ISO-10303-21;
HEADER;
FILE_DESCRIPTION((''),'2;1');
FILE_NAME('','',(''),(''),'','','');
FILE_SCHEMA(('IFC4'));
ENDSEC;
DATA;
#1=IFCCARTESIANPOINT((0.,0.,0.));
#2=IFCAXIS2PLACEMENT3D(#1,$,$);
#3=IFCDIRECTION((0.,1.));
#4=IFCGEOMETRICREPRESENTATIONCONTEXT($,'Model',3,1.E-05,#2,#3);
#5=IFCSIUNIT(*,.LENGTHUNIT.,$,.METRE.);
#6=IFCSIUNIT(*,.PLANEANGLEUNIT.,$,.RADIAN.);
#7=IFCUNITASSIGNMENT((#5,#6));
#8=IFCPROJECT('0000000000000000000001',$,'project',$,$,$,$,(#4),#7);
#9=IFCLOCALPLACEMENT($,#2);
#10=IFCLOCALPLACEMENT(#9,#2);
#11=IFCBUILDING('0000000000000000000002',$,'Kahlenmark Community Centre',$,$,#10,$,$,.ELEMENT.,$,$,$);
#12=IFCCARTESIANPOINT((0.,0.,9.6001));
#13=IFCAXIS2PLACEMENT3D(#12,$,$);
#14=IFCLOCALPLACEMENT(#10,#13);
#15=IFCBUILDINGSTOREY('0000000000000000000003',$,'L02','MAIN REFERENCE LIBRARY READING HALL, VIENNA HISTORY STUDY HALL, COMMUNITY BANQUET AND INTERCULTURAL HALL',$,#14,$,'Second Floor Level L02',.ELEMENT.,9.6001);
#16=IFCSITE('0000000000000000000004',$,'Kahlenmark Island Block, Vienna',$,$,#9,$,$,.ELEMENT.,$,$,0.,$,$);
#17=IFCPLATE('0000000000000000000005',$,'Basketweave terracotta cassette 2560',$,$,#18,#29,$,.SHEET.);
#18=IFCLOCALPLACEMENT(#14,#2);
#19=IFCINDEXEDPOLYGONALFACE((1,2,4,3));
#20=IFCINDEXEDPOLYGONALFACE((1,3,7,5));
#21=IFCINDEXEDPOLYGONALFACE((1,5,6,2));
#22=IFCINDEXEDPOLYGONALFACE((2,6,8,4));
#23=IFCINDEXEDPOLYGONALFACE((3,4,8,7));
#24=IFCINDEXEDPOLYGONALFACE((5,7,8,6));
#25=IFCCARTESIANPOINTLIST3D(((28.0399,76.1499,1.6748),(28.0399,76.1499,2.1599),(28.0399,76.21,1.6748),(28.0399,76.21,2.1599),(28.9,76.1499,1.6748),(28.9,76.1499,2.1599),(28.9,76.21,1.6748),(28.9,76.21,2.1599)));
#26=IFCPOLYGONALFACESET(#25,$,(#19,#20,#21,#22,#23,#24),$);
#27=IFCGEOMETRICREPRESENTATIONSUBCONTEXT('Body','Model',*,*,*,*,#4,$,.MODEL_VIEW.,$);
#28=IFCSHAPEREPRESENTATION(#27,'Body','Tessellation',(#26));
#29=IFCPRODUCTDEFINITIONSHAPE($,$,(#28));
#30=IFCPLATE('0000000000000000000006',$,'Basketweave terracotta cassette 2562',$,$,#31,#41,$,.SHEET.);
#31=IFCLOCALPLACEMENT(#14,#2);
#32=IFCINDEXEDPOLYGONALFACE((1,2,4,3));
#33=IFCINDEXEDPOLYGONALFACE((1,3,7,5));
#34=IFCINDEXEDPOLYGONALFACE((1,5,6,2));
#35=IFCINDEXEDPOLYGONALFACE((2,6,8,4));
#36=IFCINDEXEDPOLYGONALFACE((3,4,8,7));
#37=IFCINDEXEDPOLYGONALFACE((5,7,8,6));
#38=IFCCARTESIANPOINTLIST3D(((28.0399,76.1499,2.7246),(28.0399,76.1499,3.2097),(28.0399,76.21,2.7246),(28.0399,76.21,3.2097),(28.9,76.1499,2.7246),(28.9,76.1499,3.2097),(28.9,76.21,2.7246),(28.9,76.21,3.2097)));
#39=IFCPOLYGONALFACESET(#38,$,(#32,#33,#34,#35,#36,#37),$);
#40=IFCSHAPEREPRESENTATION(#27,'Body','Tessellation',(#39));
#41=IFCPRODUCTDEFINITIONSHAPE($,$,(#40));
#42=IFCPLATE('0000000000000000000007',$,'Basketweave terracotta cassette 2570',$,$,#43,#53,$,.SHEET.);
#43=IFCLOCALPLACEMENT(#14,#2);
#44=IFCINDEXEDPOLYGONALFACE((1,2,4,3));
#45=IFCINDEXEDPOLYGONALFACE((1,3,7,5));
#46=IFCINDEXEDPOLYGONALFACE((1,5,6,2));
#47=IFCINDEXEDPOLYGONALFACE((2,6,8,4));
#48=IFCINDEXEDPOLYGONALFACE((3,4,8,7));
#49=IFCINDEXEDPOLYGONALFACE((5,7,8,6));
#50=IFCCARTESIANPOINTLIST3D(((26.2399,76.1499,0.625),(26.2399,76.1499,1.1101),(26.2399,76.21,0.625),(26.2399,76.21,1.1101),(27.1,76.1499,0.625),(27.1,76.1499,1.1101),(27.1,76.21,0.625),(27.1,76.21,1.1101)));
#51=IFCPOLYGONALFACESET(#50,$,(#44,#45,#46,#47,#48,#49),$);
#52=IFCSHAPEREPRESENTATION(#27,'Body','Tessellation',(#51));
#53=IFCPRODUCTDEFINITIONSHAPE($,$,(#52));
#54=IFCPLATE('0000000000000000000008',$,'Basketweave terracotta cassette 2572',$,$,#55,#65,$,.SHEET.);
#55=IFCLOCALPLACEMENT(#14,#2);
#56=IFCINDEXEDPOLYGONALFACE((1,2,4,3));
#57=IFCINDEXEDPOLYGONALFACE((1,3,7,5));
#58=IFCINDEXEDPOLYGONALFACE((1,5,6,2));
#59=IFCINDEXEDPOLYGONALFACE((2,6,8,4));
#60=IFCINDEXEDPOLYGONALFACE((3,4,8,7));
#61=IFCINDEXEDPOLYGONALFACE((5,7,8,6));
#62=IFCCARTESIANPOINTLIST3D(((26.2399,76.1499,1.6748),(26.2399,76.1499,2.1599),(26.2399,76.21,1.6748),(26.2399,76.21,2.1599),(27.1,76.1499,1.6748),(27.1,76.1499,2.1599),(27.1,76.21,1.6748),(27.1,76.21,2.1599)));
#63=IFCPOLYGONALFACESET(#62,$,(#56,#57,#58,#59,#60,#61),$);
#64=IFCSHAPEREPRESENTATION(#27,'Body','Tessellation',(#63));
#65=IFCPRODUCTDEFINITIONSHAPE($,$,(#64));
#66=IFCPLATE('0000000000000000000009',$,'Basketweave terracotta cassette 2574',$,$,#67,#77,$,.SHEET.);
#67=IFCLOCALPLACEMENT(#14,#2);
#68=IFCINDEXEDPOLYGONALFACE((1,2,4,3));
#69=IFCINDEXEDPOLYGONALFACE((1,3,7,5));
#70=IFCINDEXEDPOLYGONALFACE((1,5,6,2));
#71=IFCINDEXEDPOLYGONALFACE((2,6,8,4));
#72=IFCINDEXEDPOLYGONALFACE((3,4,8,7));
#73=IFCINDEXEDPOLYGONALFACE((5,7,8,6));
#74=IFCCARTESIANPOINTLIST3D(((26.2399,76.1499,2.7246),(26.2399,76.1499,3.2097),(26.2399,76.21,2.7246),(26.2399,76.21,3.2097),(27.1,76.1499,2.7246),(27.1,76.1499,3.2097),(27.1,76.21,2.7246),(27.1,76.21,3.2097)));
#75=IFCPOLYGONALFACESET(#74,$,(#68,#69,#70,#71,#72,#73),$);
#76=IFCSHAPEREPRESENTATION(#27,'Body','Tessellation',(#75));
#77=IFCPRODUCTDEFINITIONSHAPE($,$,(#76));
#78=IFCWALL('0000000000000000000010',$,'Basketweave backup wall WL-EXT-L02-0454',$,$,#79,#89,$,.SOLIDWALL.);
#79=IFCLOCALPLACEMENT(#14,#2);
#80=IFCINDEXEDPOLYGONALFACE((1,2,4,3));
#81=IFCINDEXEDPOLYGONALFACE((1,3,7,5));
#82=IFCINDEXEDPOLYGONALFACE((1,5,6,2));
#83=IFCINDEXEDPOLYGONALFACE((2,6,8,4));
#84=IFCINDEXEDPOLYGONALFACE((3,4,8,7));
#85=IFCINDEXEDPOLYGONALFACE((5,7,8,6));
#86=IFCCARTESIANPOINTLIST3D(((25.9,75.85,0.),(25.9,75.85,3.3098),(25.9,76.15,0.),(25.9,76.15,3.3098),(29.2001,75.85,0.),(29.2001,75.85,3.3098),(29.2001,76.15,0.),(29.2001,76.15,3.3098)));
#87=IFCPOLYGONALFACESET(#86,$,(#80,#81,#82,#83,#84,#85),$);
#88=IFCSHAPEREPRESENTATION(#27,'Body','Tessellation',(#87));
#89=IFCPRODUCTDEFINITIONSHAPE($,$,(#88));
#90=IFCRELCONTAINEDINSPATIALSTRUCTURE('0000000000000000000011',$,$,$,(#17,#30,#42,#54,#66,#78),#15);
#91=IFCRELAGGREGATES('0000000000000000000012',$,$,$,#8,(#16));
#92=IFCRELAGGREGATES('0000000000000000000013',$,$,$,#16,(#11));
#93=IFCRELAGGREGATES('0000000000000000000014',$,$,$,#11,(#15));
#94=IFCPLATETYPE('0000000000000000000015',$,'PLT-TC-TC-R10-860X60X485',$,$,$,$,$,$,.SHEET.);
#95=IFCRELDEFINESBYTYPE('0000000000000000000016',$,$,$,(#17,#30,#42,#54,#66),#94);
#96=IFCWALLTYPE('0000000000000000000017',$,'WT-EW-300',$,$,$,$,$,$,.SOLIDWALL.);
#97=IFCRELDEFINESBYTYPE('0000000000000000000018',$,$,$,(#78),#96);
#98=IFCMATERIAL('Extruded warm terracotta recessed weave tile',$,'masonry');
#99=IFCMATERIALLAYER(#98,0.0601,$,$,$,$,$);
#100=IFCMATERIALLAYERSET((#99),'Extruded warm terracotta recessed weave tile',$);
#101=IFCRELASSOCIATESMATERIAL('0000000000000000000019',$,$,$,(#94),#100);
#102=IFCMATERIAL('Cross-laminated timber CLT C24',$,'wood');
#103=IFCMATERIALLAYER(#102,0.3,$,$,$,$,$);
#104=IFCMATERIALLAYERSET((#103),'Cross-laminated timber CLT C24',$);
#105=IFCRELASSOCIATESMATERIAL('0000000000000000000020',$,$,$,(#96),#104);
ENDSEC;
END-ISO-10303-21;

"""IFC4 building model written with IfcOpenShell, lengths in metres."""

from ifc_helpers import new_model, si_unit, direction, frame, frame_2d, origin, origin_2d, place, context, subcontext, project, spatial, rectangle, extrude, material, layer, layer_set, type_object, element, save


model = new_model("IFC4")

# Units and contexts
model_context = context("Model", 3, precision=1e-05, world=origin(), true_north=direction((0.0, 1.0)))
body_context = subcontext(model_context, "Body", "Model", "MODEL_VIEW")
ifc_project = project(units=[si_unit("LENGTHUNIT", "METRE"), si_unit("PLANEANGLEUNIT", "RADIAN")], contexts=[model_context])

# Site, building, storey
site_placement = place(None, origin())
site = spatial("IfcSite", under=ifc_project, at=site_placement, Name="Kahlenmark Island Block, Vienna", CompositionType="ELEMENT", RefElevation=0.0)
building_placement = place(site_placement, origin())
building = spatial("IfcBuilding", under=site, at=building_placement, Name="Kahlenmark Community Centre", CompositionType="ELEMENT")
storey_placement = place(building_placement, frame((0.0, 0.0, 9.6001)))
storey = spatial("IfcBuildingStorey", under=building, at=storey_placement, Name="L02", Description="MAIN REFERENCE LIBRARY READING HALL, VIENNA HISTORY STUDY HALL, COMMUNITY BANQUET AND INTERCULTURAL HALL", LongName="Second Floor Level L02", CompositionType="ELEMENT", Elevation=9.6001)

# Plates
ifc_material_1 = material(Name="Extruded warm terracotta recessed weave tile", Category="masonry")
ifc_layer_1 = layer(ifc_material_1, 0.0601)
ifc_layer_set_1 = layer_set([ifc_layer_1], Name="Extruded warm terracotta recessed weave tile")
plate_type_1 = type_object("IfcPlateType", Name="PLT-TC-TC-R10-860X60X485", PredefinedType="SHEET", material=ifc_layer_set_1)
for number, where, z_axis, x_axis, name in (
    (1, (28.47, 76.1799, 1.6748), (0.0, 0.0, 1.0), (-1.0, 0.0, 0.0), "Basketweave terracotta cassette 2560"),
    (2, (28.47, 76.1799, 2.7246), (0.0, 0.0, 1.0), (-1.0, 0.0, 0.0), "Basketweave terracotta cassette 2562"),
    (3, (26.6699, 76.1799, 0.625), (0.0, 0.0, 1.0), (-1.0, 0.0, 0.0), "Basketweave terracotta cassette 2570"),
    (4, (26.6699, 76.1799, 1.6748), (0.0, 0.0, 1.0), (-1.0, 0.0, 0.0), "Basketweave terracotta cassette 2572"),
    (5, (26.6699, 76.1799, 2.7246), (0.0, 0.0, 1.0), (-1.0, 0.0, 0.0), "Basketweave terracotta cassette 2574"),
):
    element("IfcPlate", number, at=place(storey_placement, frame(where, z_axis=z_axis, x_axis=x_axis)), inside=storey, type_object=plate_type_1, Name=name, PredefinedType="SHEET", context=body_context, shape_type="SweptSolid", body=[
        extrude(rectangle(XDim=0.8601, YDim=0.0601, at=origin_2d()), origin(), (0.0, 0.0, 1.0), 0.4851),
    ])

# Wall
ifc_material_2 = material(Name="Cross-laminated timber CLT C24", Category="wood")
ifc_layer_2 = layer(ifc_material_2, 0.3)
ifc_layer_set_2 = layer_set([ifc_layer_2], Name="Cross-laminated timber CLT C24")
wall_type = type_object("IfcWallType", Name="WT-EW-300", PredefinedType="SOLIDWALL", material=ifc_layer_set_2)
wall_placement = place(storey_placement, frame((29.2, 76.0, 0.0), z_axis=(0.0, 0.0, 1.0), x_axis=(-1.0, 0.0, 0.0)))
element("IfcWall", 6, at=wall_placement, inside=storey, type_object=wall_type, Name="Basketweave backup wall WL-EXT-L02-0454", PredefinedType="SOLIDWALL", context=body_context, shape_type="SweptSolid", body=[
    extrude(rectangle(XDim=3.3, YDim=0.3, at=frame_2d((1.6499, 0.0))), origin(), (0.0, 0.0, 1.0), 3.3098),
])

save(model, "model.ifc")
